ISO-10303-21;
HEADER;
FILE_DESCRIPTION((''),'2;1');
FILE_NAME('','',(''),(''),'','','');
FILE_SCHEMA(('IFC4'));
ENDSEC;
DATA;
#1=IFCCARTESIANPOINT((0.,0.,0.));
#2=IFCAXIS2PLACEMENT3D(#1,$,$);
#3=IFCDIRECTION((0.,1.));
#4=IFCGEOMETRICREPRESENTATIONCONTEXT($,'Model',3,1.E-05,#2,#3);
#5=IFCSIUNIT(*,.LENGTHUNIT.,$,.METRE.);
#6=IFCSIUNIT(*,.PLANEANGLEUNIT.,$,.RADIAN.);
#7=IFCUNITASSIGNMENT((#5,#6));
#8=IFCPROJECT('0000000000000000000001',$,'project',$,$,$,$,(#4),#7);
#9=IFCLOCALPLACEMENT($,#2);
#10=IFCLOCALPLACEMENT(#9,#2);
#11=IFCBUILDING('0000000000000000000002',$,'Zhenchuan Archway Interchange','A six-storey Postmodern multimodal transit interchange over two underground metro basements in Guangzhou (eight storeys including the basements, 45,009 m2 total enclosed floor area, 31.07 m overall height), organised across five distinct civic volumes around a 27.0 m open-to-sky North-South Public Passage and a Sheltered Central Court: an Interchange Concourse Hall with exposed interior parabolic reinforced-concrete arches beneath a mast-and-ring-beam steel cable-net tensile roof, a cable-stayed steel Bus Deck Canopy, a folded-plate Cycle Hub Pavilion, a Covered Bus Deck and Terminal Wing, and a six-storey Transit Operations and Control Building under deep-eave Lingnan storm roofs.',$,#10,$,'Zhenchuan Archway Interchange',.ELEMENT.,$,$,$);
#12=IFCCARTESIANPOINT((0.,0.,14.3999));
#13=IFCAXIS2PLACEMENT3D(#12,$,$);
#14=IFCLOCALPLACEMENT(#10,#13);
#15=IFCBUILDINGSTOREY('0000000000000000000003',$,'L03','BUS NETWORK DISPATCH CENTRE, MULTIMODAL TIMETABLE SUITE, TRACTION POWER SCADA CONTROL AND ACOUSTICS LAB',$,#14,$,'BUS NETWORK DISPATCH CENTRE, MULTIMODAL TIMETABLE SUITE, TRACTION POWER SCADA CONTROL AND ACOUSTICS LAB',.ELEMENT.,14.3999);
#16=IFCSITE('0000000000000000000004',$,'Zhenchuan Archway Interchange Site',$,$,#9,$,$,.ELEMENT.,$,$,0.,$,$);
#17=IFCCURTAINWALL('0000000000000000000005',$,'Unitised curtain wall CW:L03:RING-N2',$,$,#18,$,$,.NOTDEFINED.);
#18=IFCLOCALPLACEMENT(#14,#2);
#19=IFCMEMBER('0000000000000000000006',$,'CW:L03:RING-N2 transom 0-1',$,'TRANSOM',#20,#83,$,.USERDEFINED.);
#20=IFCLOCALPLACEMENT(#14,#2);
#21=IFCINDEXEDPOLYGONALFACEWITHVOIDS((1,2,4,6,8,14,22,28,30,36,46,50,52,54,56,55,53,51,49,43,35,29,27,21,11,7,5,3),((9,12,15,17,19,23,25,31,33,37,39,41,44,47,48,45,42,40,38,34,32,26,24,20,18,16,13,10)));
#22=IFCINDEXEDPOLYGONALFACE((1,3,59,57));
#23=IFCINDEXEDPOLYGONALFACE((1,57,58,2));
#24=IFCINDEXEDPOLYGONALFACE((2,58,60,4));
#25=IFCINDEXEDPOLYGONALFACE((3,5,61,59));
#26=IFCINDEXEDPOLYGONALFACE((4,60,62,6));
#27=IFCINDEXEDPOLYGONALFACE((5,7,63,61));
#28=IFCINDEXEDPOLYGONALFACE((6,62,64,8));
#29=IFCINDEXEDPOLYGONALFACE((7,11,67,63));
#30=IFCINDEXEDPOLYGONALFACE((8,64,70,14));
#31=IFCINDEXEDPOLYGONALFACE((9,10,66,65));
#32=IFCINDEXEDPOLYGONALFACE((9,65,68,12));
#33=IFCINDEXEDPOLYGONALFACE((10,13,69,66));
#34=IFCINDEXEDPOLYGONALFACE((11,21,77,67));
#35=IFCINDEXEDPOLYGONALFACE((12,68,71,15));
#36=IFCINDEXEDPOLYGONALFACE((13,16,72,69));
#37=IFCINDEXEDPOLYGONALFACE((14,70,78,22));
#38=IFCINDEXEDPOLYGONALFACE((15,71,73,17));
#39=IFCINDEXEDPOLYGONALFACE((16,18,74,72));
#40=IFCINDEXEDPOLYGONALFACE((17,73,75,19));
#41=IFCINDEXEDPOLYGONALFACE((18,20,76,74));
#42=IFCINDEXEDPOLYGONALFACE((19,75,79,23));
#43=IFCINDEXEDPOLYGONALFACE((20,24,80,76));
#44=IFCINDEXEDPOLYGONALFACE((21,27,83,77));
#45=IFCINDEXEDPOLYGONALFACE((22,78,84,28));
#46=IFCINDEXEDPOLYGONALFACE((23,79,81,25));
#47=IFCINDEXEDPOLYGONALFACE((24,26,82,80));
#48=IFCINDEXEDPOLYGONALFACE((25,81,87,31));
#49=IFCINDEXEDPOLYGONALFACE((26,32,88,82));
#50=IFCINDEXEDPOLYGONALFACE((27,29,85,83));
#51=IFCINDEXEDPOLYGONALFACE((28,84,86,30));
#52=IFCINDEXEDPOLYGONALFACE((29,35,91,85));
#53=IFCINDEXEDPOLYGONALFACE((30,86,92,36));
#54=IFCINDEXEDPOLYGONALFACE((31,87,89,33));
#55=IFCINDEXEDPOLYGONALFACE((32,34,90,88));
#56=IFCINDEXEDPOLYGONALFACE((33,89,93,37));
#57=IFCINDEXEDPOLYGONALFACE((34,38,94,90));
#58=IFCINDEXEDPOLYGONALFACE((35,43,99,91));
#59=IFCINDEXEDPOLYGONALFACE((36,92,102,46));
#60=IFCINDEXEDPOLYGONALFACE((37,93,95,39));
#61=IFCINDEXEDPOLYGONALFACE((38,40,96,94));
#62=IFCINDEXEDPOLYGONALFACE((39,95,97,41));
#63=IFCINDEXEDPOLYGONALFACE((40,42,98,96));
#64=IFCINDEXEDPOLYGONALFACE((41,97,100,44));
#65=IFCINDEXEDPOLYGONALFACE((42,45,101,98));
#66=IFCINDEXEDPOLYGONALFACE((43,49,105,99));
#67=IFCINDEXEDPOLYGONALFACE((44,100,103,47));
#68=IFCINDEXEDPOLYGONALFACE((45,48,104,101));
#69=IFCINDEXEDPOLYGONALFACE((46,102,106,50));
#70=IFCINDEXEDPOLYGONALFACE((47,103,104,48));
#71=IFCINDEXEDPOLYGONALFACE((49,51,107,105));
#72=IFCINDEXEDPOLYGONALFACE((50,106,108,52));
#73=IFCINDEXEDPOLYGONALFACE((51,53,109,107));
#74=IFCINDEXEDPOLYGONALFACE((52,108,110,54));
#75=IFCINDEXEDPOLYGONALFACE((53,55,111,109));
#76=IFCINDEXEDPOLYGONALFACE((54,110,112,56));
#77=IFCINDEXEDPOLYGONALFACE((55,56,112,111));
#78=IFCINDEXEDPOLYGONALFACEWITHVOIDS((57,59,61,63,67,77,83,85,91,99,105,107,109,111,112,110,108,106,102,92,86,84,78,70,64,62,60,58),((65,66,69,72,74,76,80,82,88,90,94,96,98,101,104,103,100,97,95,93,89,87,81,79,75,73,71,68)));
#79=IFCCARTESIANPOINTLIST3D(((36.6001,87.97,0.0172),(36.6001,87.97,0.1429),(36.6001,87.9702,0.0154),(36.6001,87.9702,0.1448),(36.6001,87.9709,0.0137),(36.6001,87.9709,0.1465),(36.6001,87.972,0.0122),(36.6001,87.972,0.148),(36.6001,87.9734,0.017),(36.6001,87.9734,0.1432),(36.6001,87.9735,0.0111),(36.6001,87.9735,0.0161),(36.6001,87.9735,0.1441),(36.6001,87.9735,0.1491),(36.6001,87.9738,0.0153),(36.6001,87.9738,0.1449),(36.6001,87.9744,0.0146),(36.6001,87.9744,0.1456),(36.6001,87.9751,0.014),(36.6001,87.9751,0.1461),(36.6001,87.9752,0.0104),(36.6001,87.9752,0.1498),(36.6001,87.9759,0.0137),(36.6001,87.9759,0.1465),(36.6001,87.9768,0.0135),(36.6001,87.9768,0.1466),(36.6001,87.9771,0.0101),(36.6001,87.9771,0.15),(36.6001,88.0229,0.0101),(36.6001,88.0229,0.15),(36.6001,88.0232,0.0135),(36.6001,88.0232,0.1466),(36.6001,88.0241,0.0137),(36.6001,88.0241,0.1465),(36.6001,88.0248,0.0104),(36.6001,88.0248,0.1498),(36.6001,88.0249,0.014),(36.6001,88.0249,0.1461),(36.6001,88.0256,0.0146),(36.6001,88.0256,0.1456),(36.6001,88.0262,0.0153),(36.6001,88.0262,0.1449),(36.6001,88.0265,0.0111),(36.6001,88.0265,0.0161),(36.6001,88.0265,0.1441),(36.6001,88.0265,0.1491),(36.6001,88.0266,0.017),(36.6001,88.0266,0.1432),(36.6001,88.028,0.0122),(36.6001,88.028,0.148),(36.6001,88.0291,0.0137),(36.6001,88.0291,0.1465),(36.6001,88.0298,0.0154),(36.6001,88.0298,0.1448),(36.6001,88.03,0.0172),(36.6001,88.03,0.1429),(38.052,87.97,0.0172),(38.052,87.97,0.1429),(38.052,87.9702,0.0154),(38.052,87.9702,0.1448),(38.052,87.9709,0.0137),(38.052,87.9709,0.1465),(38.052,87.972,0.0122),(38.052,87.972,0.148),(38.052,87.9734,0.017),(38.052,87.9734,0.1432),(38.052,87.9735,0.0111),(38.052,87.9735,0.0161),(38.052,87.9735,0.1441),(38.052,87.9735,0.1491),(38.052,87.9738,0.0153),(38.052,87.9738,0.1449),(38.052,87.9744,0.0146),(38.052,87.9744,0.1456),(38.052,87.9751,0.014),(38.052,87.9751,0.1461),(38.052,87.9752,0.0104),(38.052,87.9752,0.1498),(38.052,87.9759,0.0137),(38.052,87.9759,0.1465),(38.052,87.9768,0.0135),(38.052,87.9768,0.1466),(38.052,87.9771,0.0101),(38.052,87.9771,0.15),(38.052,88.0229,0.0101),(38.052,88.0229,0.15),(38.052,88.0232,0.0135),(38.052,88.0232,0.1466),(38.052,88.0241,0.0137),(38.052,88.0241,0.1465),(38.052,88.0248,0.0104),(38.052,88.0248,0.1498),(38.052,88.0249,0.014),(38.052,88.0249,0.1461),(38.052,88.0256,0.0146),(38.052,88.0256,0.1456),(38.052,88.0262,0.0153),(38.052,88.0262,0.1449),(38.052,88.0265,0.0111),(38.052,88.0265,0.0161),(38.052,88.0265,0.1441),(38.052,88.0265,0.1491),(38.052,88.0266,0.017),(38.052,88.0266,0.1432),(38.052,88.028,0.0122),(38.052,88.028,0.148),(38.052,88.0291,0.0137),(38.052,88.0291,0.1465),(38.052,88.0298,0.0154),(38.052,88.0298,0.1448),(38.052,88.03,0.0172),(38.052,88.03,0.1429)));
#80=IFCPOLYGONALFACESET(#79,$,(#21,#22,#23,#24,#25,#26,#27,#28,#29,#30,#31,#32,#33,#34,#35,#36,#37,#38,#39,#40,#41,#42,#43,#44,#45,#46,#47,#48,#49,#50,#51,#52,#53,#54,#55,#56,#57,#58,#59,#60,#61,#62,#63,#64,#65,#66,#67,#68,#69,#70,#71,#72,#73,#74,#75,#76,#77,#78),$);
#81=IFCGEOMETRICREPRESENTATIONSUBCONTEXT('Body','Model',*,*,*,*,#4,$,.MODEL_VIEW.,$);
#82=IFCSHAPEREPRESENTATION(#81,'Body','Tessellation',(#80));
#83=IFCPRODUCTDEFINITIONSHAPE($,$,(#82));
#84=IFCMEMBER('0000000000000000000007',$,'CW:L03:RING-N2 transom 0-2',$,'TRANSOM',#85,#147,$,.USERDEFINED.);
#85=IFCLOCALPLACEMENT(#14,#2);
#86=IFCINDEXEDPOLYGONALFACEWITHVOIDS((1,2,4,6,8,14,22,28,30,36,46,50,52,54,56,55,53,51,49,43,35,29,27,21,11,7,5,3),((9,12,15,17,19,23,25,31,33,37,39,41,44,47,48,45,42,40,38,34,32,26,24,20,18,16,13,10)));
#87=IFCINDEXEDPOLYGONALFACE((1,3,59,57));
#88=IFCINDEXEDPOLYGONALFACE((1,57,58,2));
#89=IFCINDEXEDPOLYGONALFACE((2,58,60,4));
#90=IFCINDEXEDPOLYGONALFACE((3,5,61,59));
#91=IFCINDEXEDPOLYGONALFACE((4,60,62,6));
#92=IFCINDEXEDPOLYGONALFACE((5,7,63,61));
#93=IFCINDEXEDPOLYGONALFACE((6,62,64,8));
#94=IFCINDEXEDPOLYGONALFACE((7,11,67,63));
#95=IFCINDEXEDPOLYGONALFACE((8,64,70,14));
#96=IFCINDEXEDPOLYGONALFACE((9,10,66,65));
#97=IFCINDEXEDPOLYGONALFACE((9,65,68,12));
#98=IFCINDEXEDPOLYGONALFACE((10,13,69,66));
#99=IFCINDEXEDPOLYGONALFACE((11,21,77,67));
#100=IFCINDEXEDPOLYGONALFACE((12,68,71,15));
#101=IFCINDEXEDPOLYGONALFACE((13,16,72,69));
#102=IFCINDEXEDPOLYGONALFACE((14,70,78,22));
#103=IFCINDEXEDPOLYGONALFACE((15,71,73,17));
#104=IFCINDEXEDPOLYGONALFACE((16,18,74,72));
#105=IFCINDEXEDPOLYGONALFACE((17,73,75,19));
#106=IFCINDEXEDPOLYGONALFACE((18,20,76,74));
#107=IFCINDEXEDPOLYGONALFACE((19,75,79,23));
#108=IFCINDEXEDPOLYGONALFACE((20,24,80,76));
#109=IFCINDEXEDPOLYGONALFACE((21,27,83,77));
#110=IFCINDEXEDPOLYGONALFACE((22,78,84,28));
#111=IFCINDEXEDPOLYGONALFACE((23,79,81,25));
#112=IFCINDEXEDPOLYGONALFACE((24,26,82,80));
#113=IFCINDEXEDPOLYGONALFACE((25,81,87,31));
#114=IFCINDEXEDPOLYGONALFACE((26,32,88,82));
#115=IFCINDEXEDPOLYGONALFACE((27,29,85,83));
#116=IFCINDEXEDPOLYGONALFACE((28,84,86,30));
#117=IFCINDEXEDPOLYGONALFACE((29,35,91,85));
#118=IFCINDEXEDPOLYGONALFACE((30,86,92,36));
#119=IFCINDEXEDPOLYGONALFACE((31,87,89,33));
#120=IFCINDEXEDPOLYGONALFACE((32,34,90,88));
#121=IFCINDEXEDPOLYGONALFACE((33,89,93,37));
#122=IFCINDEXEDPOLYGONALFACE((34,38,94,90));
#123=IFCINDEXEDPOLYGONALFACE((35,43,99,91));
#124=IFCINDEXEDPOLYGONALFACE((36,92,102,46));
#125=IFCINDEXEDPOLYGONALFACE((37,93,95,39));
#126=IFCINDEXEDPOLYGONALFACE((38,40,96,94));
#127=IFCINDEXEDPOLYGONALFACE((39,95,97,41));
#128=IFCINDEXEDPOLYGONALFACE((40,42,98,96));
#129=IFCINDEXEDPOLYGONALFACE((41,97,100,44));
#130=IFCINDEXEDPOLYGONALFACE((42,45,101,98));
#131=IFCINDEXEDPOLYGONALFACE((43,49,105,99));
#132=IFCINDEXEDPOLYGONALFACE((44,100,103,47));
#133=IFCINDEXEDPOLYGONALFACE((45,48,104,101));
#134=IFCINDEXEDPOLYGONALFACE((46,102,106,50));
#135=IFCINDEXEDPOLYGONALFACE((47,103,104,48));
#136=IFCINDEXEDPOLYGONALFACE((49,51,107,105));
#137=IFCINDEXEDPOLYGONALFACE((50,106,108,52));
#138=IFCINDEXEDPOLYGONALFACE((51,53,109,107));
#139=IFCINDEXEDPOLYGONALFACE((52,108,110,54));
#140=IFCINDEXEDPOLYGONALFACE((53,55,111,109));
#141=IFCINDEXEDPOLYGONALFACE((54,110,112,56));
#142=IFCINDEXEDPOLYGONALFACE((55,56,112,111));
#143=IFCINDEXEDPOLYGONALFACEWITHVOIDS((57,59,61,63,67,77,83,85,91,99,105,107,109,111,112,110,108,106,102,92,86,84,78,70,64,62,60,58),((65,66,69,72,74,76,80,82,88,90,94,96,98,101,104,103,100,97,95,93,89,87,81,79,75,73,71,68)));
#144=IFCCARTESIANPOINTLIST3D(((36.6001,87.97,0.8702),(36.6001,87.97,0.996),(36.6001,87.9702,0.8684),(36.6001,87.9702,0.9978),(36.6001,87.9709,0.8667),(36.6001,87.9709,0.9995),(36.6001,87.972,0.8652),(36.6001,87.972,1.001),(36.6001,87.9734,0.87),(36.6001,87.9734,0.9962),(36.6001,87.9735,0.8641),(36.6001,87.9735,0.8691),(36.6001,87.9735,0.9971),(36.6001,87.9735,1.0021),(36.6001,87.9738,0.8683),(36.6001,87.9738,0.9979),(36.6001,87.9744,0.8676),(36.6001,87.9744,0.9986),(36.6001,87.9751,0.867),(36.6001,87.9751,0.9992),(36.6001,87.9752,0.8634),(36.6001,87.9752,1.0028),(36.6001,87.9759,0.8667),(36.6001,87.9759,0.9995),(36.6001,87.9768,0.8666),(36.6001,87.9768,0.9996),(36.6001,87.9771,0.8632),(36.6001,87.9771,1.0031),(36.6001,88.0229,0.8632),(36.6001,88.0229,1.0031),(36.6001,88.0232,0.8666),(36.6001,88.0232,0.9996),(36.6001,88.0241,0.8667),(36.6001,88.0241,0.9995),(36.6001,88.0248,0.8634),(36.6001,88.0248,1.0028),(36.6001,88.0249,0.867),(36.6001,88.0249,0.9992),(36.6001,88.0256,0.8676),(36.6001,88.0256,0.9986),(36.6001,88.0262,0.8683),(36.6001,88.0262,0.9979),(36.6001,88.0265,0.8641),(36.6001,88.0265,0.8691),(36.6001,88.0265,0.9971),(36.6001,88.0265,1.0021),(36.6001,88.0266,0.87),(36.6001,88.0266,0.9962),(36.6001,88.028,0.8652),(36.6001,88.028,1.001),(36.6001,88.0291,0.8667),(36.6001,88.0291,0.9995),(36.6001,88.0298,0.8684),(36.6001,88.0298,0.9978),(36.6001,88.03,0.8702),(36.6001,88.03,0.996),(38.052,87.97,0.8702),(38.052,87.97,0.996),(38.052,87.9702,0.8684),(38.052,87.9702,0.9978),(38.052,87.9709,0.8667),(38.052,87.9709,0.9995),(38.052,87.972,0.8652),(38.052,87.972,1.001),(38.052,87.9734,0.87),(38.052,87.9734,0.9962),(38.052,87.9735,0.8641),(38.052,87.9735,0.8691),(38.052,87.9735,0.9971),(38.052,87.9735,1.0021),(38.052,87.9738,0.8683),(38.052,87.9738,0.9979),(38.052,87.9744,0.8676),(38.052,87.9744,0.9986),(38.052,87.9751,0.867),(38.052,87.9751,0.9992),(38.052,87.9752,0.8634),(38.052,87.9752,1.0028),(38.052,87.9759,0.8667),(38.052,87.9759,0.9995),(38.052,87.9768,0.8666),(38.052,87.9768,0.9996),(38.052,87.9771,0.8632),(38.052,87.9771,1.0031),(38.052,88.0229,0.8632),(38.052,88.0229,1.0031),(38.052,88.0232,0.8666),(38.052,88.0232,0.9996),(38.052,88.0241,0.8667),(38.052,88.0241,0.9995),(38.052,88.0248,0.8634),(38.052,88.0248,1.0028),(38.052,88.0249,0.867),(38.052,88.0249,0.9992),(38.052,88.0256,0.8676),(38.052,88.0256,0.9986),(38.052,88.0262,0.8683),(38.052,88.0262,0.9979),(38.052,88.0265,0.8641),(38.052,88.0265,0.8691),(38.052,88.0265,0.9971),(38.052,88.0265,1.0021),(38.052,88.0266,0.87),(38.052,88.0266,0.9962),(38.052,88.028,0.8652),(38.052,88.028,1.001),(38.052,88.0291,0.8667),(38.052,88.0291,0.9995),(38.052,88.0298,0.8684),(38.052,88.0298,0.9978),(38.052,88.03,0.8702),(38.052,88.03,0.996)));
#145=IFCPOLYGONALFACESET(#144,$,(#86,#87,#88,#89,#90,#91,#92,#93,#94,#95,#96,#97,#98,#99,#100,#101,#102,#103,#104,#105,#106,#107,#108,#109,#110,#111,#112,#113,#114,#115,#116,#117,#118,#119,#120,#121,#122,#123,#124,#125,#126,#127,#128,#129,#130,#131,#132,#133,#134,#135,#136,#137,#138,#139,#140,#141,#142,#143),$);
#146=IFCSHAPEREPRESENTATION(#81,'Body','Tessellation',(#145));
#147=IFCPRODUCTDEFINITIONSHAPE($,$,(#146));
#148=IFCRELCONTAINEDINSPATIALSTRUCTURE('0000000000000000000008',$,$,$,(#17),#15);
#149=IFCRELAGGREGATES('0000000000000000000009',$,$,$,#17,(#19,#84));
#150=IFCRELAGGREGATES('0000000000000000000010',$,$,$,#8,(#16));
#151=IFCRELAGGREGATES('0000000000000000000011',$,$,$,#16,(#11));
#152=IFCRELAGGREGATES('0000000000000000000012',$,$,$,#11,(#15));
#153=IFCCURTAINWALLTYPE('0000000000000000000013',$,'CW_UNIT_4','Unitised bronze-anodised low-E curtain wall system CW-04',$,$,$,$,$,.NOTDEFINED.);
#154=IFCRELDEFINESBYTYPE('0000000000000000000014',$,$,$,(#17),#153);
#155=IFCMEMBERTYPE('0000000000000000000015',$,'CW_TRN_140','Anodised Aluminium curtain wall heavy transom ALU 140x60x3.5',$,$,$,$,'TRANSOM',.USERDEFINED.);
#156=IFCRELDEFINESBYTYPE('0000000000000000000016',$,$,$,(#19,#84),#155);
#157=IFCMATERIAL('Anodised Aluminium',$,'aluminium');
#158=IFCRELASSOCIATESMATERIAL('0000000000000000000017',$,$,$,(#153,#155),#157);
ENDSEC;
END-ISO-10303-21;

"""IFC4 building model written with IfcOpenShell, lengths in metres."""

from ifc_helpers import new_model, si_unit, direction, frame, origin, origin_2d, place, context, subcontext, project, spatial, hollow_rectangle, extrude, material, material_profile, profile_set, type_object, element, aggregate, save


model = new_model("IFC4")

# Units and contexts
model_context = context("Model", 3, precision=1e-05, world=origin(), true_north=direction((0.0, 1.0)))
body_context = subcontext(model_context, "Body", "Model", "MODEL_VIEW")
ifc_project = project(units=[si_unit("LENGTHUNIT", "METRE"), si_unit("PLANEANGLEUNIT", "RADIAN")], contexts=[model_context])

# Site, building, storey
site_placement = place(None, origin())
site = spatial("IfcSite", under=ifc_project, at=site_placement, Name="Zhenchuan Archway Interchange Site", CompositionType="ELEMENT", RefElevation=0.0)
building_placement = place(site_placement, origin())
building = spatial("IfcBuilding", under=site, at=building_placement, Name="Zhenchuan Archway Interchange", Description="A six-storey Postmodern multimodal transit interchange over two underground metro basements in Guangzhou (eight storeys including the basements, 45,009 m2 total enclosed floor area, 31.07 m overall height), organised across five distinct civic volumes around a 27.0 m open-to-sky North-South Public Passage and a Sheltered Central Court: an Interchange Concourse Hall with exposed interior parabolic reinforced-concrete arches beneath a mast-and-ring-beam steel cable-net tensile roof, a cable-stayed steel Bus Deck Canopy, a folded-plate Cycle Hub Pavilion, a Covered Bus Deck and Terminal Wing, and a six-storey Transit Operations and Control Building under deep-eave Lingnan storm roofs.", LongName="Zhenchuan Archway Interchange", CompositionType="ELEMENT")
storey_placement = place(building_placement, frame((0.0, 0.0, 14.3999)))
storey = spatial("IfcBuildingStorey", under=building, at=storey_placement, Name="L03", Description="BUS NETWORK DISPATCH CENTRE, MULTIMODAL TIMETABLE SUITE, TRACTION POWER SCADA CONTROL AND ACOUSTICS LAB", LongName="BUS NETWORK DISPATCH CENTRE, MULTIMODAL TIMETABLE SUITE, TRACTION POWER SCADA CONTROL AND ACOUSTICS LAB", CompositionType="ELEMENT", Elevation=14.3999)

# Shared definitions
ifc_material_1 = material(Name="Anodised Aluminium", Category="aluminium")
curtain_wall_type = type_object("IfcCurtainWallType", Name="CW_UNIT_4", Description="Unitised bronze-anodised low-E curtain wall system CW-04", PredefinedType="NOTDEFINED", material=ifc_material_1)

# Curtain wall, members
curtain_wall_1_placement = place(storey_placement, origin())
curtain_wall_1 = element("IfcCurtainWall", 1, at=curtain_wall_1_placement, inside=storey, type_object=curtain_wall_type, Name="Unitised curtain wall CW:L03:RING-N2", PredefinedType="NOTDEFINED")
ifc_material_profile_1 = material_profile(ifc_material_1, hollow_rectangle(XDim=0.0601, YDim=0.1399, WallThickness=0.0034, InnerFilletRadius=0.0034, OuterFilletRadius=0.0071, at=origin_2d()), Name="ALU 140x60x3.5")
ifc_profile_set_1 = profile_set([ifc_material_profile_1], Name="Anodised Aluminium")
member_type_1 = type_object("IfcMemberType", Name="CW_TRN_140", Description="Anodised Aluminium curtain wall heavy transom ALU 140x60x3.5", ElementType="TRANSOM", PredefinedType="USERDEFINED", material=ifc_profile_set_1)
member_1_placement = place(storey_placement, frame((36.6001, 88.0, 0.0801), z_axis=(1.0, 0.0, 0.0), x_axis=(0.0, 1.0, 0.0)))
member_1 = element("IfcMember", 2, at=member_1_placement, type_object=member_type_1, Name="CW:L03:RING-N2 transom 0-1", ObjectType="TRANSOM", PredefinedType="USERDEFINED", context=body_context, shape_type="SweptSolid", body=[
    extrude(hollow_rectangle(XDim=0.0601, YDim=0.1399, WallThickness=0.0034, InnerFilletRadius=0.0034, OuterFilletRadius=0.0071, at=origin_2d()), origin(), (0.0, 0.0, 1.0), 1.4519),
])
member_2_placement = place(storey_placement, frame((36.6001, 88.0, 0.9331), z_axis=(1.0, 0.0, 0.0), x_axis=(0.0, 1.0, 0.0)))
member_2 = element("IfcMember", 3, at=member_2_placement, type_object=member_type_1, Name="CW:L03:RING-N2 transom 0-2", ObjectType="TRANSOM", PredefinedType="USERDEFINED", context=body_context, shape_type="SweptSolid", body=[
    extrude(hollow_rectangle(XDim=0.0601, YDim=0.1399, WallThickness=0.0034, InnerFilletRadius=0.0034, OuterFilletRadius=0.0071, at=origin_2d()), origin(), (0.0, 0.0, 1.0), 1.4519),
])

aggregate(curtain_wall_1, [member_1, member_2])

save(model, "model.ifc")
